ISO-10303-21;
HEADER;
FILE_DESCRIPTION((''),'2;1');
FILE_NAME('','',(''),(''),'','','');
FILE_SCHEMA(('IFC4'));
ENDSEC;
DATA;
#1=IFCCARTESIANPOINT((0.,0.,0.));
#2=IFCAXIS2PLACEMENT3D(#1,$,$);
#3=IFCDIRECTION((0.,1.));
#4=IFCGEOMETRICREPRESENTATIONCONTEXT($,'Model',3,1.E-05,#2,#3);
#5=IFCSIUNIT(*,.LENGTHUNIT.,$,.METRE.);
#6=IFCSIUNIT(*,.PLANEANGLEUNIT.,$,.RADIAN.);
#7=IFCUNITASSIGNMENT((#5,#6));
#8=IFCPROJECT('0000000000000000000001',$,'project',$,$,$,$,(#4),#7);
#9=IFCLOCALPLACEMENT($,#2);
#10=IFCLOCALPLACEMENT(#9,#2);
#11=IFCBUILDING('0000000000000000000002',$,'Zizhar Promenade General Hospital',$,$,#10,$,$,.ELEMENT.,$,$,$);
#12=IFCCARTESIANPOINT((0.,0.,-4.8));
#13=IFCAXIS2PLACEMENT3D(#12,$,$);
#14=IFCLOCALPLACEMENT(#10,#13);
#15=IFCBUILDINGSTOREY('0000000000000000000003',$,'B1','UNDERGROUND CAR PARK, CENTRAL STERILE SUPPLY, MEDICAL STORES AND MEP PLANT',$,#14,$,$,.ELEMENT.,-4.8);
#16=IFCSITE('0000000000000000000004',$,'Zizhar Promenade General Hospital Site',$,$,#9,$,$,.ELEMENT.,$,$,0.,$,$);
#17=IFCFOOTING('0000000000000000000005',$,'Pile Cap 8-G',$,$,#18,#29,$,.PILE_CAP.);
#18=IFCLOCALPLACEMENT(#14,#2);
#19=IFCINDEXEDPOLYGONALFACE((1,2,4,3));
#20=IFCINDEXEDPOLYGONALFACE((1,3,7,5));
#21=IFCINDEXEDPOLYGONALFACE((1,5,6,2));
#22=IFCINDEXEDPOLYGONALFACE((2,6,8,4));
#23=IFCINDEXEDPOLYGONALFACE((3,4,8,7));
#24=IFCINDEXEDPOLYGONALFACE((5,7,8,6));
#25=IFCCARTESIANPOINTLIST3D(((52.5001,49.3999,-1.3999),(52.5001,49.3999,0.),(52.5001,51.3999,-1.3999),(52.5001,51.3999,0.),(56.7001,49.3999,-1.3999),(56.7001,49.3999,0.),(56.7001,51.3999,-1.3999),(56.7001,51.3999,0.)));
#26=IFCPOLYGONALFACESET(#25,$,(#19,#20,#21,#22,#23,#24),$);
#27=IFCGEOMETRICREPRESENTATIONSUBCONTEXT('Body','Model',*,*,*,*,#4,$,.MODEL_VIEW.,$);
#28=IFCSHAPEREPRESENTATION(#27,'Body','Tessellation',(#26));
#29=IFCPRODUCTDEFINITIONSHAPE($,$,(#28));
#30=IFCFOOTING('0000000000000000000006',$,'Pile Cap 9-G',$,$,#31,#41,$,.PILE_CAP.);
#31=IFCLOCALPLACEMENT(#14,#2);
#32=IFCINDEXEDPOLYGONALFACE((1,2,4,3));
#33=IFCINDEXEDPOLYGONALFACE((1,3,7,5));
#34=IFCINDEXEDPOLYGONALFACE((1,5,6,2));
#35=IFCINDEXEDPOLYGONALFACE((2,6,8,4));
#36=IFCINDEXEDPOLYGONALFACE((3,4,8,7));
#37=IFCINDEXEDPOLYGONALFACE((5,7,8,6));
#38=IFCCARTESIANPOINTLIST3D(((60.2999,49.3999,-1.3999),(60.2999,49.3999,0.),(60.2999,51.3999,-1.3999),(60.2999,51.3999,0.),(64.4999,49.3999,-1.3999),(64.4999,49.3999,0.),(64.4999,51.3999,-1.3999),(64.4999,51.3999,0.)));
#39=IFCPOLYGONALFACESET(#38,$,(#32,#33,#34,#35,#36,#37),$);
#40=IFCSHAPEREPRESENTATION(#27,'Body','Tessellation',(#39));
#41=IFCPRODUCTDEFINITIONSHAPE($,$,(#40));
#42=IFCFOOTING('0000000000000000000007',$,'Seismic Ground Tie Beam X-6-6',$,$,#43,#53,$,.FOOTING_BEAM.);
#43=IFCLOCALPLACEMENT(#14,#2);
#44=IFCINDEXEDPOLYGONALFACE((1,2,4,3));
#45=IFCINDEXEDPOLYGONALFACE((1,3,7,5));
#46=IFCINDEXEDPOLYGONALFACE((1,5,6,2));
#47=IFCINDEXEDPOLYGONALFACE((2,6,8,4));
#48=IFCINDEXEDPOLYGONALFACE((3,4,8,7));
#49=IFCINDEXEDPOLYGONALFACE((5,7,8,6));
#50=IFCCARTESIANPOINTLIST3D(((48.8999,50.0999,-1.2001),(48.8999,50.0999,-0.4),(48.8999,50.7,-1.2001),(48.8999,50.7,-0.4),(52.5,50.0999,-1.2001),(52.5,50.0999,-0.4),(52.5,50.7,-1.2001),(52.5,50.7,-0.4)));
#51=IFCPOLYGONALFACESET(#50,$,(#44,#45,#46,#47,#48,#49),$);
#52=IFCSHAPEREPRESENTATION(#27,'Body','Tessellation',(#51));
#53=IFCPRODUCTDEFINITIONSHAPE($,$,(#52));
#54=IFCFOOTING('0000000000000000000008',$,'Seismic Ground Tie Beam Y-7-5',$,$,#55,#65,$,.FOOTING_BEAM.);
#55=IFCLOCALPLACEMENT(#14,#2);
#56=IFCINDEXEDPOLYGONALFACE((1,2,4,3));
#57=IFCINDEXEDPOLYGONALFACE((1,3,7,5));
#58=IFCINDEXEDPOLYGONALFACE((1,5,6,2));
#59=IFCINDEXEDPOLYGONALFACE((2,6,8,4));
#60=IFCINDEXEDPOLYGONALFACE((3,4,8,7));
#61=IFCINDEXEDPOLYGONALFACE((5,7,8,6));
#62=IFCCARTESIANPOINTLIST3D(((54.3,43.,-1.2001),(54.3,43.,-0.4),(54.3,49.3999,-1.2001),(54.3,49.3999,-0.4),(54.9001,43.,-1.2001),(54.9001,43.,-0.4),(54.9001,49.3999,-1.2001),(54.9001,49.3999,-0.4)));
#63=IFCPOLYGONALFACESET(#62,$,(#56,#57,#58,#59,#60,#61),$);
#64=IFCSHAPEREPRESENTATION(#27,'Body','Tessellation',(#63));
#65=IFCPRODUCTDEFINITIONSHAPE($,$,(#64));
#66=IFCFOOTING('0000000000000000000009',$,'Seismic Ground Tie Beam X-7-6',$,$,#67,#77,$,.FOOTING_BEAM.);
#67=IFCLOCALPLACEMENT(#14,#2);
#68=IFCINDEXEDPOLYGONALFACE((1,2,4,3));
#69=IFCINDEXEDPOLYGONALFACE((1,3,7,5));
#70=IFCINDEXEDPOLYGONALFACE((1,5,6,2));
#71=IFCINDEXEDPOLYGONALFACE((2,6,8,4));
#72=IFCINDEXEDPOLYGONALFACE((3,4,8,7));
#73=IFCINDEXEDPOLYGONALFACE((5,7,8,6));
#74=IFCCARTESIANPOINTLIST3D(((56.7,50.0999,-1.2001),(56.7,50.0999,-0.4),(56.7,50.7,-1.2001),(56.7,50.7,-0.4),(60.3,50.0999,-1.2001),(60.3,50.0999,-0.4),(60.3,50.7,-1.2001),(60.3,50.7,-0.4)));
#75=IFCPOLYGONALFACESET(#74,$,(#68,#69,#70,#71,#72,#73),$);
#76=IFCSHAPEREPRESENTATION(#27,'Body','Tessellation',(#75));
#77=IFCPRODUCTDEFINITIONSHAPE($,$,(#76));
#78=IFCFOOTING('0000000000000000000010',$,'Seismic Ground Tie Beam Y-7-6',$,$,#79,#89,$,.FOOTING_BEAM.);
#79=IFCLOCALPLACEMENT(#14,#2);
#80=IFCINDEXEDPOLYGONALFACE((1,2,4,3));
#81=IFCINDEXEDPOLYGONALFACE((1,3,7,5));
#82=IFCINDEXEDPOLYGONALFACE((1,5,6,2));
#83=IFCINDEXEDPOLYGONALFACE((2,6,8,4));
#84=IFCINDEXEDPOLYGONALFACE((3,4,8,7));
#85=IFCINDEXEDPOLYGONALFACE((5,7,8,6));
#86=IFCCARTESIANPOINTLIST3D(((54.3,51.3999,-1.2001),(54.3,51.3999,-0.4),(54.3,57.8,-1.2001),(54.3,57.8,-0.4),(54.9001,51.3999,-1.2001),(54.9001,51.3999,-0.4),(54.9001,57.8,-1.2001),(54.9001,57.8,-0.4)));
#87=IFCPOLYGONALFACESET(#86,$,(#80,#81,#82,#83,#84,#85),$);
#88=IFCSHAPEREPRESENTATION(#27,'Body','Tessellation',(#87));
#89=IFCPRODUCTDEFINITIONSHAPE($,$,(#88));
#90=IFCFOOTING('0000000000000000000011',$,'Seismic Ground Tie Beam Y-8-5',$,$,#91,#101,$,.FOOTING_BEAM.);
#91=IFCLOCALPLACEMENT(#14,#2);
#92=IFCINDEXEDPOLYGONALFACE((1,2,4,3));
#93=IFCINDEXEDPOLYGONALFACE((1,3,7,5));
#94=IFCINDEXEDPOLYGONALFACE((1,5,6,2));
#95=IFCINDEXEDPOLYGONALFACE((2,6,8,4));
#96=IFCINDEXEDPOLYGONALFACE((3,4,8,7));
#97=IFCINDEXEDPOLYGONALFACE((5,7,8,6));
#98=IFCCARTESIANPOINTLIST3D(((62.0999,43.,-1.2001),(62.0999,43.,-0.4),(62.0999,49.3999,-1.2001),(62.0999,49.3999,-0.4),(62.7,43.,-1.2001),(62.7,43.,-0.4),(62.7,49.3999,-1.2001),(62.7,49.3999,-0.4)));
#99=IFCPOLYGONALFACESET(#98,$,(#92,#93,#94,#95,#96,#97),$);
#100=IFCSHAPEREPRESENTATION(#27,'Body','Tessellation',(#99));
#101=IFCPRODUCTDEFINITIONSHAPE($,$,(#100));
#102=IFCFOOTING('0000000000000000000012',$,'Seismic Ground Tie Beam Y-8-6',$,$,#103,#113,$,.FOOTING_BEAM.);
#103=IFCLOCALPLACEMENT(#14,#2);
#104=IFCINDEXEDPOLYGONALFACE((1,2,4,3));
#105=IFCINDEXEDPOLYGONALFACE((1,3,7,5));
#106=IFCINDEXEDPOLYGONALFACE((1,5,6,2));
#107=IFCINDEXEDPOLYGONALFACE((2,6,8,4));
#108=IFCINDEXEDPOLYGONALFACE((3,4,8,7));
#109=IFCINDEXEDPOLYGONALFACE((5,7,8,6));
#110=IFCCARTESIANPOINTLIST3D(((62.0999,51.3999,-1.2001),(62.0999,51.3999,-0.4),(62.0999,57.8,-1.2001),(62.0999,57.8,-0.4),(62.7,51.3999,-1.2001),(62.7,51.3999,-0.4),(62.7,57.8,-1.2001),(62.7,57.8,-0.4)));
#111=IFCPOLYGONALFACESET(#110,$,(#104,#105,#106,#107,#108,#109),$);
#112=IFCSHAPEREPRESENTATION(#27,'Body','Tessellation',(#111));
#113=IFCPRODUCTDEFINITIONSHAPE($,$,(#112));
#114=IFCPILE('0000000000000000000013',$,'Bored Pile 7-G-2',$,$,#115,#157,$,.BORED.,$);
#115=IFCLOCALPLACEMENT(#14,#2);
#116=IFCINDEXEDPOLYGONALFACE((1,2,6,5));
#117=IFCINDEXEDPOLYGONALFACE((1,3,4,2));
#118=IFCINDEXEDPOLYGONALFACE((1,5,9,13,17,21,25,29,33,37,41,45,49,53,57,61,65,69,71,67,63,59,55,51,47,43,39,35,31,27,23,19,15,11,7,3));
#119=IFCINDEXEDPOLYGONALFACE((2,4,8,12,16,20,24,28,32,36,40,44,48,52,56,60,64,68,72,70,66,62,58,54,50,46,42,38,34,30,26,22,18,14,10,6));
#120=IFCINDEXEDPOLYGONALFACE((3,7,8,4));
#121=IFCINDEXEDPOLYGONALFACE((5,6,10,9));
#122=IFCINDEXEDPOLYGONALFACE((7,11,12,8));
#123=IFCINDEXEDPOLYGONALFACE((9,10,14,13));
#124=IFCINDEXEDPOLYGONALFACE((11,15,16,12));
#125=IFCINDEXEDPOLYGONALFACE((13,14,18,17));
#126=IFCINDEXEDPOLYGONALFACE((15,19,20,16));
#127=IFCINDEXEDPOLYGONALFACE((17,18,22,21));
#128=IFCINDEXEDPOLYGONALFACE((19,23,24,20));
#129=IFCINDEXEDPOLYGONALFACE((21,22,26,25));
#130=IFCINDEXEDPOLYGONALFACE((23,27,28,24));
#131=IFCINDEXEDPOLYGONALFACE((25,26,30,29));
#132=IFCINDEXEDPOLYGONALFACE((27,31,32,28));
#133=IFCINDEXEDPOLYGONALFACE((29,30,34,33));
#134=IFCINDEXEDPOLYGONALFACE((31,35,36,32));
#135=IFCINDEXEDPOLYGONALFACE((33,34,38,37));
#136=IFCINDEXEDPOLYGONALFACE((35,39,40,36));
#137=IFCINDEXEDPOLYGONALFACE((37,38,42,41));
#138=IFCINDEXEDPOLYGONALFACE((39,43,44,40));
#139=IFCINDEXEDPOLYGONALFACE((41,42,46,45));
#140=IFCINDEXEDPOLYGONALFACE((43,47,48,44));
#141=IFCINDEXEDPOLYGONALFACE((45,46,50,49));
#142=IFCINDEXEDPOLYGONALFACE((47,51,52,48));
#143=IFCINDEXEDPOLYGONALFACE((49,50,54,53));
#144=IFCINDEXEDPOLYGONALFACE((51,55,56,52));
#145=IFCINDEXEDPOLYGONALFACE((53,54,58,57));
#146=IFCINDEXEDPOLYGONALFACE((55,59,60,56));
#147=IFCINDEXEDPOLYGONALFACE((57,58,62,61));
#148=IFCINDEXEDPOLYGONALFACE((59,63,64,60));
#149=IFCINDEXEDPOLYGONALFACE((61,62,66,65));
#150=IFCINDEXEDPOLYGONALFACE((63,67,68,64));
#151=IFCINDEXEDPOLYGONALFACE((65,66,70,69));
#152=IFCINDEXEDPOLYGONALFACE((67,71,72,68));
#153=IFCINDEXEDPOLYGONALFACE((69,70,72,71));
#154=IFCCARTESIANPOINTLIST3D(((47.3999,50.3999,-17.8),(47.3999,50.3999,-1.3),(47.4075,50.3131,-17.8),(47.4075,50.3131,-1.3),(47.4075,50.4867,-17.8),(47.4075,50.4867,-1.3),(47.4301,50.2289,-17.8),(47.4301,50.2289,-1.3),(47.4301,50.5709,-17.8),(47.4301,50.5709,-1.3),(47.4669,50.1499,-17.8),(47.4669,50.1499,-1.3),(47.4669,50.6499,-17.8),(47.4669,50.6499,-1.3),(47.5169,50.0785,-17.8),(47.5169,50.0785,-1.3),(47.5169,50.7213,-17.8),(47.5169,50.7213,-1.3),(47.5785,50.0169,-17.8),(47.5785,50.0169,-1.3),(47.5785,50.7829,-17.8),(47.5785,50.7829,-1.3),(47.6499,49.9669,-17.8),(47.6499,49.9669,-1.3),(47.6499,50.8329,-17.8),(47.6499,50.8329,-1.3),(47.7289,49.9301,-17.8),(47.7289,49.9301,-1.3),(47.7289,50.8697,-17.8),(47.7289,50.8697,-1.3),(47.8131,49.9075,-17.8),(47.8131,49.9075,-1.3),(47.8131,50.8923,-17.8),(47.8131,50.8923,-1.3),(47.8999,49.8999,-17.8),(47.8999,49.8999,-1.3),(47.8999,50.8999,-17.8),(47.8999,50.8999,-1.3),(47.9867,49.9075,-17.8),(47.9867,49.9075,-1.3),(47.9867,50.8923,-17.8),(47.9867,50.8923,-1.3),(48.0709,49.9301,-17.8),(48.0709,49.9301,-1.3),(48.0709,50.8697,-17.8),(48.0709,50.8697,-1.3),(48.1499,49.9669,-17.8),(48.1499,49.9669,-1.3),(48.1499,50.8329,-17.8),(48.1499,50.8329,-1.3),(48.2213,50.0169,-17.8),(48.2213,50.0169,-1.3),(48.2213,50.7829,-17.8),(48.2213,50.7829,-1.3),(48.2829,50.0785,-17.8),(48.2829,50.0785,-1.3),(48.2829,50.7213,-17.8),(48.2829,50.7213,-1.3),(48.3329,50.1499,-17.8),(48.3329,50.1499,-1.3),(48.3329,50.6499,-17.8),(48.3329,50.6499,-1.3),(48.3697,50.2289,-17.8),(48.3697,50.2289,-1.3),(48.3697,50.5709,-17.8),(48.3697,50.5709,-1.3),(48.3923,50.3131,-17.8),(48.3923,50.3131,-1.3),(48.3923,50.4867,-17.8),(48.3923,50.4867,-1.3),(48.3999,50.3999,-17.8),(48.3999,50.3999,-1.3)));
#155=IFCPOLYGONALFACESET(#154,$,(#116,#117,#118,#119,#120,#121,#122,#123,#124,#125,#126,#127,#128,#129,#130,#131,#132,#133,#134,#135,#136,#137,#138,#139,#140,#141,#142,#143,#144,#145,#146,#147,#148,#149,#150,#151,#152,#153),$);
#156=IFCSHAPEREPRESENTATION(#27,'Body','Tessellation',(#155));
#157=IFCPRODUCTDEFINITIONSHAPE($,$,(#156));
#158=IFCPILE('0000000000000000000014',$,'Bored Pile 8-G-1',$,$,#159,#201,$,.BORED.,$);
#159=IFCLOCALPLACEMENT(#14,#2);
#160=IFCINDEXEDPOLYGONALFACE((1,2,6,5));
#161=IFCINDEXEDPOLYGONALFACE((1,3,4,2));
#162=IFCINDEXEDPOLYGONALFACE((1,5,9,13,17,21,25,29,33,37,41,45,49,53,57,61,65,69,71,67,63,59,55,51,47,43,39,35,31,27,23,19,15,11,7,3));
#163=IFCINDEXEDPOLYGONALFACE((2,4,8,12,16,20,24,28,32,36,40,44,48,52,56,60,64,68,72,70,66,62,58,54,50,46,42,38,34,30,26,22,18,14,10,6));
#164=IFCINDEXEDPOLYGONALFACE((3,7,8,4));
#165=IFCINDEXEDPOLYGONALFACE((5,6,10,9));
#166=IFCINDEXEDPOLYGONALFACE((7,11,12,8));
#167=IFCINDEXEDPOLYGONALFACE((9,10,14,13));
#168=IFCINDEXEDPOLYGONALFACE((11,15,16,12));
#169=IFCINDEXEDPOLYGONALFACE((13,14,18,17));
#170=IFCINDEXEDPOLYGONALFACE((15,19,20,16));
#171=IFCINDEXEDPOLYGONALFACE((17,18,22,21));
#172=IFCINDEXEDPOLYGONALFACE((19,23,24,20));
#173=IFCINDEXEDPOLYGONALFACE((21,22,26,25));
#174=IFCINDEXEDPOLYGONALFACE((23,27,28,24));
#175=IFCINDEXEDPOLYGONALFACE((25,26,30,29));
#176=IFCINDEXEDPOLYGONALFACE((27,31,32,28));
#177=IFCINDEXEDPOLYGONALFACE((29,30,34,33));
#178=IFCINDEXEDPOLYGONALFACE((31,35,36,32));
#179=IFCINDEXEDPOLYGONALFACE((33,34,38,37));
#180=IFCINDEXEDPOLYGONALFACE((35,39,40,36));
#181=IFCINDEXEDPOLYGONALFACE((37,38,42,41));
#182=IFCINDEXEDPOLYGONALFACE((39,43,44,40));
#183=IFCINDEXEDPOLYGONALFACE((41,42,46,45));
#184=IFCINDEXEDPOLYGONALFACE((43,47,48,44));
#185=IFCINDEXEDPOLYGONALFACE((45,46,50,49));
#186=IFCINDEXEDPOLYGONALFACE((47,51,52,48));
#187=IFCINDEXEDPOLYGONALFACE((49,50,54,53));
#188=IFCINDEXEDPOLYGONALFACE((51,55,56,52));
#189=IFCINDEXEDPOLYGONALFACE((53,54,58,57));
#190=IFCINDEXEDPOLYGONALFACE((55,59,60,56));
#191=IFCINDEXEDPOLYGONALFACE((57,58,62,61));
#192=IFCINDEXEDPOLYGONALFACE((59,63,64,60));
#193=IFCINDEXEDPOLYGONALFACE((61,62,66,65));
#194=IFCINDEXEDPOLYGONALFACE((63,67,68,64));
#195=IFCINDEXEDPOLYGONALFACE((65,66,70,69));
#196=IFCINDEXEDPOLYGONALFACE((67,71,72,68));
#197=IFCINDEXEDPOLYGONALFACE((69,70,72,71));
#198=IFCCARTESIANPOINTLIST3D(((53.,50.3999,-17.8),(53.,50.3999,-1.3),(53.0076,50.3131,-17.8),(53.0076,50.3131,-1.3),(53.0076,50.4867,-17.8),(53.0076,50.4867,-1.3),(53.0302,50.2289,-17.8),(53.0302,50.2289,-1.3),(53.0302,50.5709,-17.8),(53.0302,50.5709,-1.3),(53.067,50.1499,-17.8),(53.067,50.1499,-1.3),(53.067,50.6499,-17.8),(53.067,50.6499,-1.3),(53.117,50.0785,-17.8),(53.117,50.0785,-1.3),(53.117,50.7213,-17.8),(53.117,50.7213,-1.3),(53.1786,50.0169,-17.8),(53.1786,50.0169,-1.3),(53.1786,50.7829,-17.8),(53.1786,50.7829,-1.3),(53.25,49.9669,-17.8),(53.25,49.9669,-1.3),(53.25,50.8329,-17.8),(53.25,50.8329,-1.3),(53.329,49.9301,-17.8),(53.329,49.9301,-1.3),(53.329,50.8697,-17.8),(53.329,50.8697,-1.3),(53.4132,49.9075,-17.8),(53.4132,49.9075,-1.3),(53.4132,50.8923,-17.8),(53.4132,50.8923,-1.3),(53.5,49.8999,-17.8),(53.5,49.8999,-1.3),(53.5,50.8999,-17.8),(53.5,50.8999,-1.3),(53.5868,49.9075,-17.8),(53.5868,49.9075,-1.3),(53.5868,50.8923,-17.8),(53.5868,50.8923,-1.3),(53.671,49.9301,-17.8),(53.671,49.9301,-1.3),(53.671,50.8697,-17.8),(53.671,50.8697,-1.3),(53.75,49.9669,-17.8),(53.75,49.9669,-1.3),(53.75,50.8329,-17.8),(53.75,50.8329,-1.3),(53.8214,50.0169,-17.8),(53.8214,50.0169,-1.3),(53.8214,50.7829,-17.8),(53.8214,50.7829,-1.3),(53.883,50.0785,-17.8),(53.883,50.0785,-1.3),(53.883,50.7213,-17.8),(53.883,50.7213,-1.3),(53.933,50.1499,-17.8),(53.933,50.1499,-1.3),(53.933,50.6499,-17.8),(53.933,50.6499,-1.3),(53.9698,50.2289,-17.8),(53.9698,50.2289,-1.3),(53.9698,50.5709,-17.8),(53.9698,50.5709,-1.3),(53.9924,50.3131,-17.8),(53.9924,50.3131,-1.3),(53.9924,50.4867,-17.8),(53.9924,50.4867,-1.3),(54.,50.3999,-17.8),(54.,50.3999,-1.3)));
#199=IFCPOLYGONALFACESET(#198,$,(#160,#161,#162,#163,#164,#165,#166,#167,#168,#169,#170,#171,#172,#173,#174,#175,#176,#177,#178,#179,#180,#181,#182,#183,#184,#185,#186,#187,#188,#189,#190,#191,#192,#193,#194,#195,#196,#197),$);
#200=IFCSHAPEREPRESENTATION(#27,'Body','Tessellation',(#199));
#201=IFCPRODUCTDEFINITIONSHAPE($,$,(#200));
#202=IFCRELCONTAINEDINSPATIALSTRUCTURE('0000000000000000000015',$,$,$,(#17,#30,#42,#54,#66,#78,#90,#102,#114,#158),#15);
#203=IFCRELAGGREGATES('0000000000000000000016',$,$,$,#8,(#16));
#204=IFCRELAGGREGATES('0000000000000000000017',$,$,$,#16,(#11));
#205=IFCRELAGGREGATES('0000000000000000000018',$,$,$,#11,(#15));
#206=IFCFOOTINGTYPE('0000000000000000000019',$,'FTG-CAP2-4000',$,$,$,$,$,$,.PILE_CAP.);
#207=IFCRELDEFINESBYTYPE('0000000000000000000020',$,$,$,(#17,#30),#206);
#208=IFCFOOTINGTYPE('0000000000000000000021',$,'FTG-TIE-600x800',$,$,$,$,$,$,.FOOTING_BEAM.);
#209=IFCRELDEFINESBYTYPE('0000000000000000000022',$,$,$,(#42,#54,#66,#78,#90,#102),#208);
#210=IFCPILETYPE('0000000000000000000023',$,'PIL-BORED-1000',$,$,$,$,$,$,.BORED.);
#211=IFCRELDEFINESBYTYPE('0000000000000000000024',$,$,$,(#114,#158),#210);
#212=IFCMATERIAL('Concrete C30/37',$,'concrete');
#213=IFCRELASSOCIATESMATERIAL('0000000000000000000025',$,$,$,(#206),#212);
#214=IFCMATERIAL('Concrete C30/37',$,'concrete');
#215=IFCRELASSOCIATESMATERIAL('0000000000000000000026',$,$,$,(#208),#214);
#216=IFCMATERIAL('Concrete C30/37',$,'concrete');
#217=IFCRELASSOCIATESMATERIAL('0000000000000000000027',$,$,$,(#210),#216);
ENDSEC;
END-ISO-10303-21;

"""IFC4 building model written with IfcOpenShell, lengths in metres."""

from ifc_helpers import new_model, si_unit, direction, frame, origin, origin_2d, place, context, subcontext, project, spatial, rectangle, circle, extrude, material, material_profile, profile_set, type_object, element, save


model = new_model("IFC4")

# Units and contexts
model_context = context("Model", 3, precision=1e-05, world=origin(), true_north=direction((0.0, 1.0)))
body_context = subcontext(model_context, "Body", "Model", "MODEL_VIEW")
ifc_project = project(units=[si_unit("LENGTHUNIT", "METRE"), si_unit("PLANEANGLEUNIT", "RADIAN")], contexts=[model_context])

# Site, building, storey
site_placement = place(None, origin())
site = spatial("IfcSite", under=ifc_project, at=site_placement, Name="Zizhar Promenade General Hospital Site", CompositionType="ELEMENT", RefElevation=0.0)
building_placement = place(site_placement, origin())
building = spatial("IfcBuilding", under=site, at=building_placement, Name="Zizhar Promenade General Hospital", CompositionType="ELEMENT")
storey_placement = place(building_placement, frame((0.0, 0.0, -4.8)))
storey = spatial("IfcBuildingStorey", under=building, at=storey_placement, Name="B1", Description="UNDERGROUND CAR PARK, CENTRAL STERILE SUPPLY, MEDICAL STORES AND MEP PLANT", CompositionType="ELEMENT", Elevation=-4.8)

# Footings
ifc_material_1 = material(Name="Concrete C30/37", Category="concrete")
footing_type_1 = type_object("IfcFootingType", Name="FTG-CAP2-4000", PredefinedType="PILE_CAP", material=ifc_material_1)
for number, where, z_axis, x_axis, name in (
    (1, (54.6001, 50.3999, -1.3999), (0.0, 0.0, 1.0), (1.0, 0.0, 0.0), "Pile Cap 8-G"),
    (2, (62.3999, 50.3999, -1.3999), (0.0, 0.0, 1.0), (1.0, 0.0, 0.0), "Pile Cap 9-G"),
):
    element("IfcFooting", number, at=place(storey_placement, frame(where, z_axis=z_axis, x_axis=x_axis)), inside=storey, type_object=footing_type_1, Name=name, PredefinedType="PILE_CAP", context=body_context, shape_type="SweptSolid", body=[
        extrude(rectangle(XDim=4.2, YDim=2.0, at=origin_2d()), origin(), (0.0, 0.0, 1.0), 1.3999),
    ])
ifc_material_2 = material(Name="Concrete C30/37", Category="concrete")
ifc_material_profile_1 = material_profile(ifc_material_2, rectangle(XDim=0.6001, YDim=0.8, at=origin_2d()))
ifc_profile_set_1 = profile_set([ifc_material_profile_1], Name="Concrete C30/37")
footing_type_2 = type_object("IfcFootingType", Name="FTG-TIE-600x800", PredefinedType="FOOTING_BEAM", material=ifc_profile_set_1)
footing_1_placement = place(storey_placement, frame((48.8999, 50.3999, -0.8), z_axis=(1.0, 0.0, 0.0), x_axis=(0.0, 1.0, 0.0)))
element("IfcFooting", 3, at=footing_1_placement, inside=storey, type_object=footing_type_2, Name="Seismic Ground Tie Beam X-6-6", PredefinedType="FOOTING_BEAM", context=body_context, shape_type="SweptSolid", body=[
    extrude(rectangle(XDim=0.6001, YDim=0.8, at=origin_2d()), origin(), (0.0, 0.0, 1.0), 3.6001),
])
footing_2_placement = place(storey_placement, frame((54.6001, 43.0, -0.8), z_axis=(0.0, 1.0, 0.0), x_axis=(-1.0, 0.0, 0.0)))
element("IfcFooting", 4, at=footing_2_placement, inside=storey, type_object=footing_type_2, Name="Seismic Ground Tie Beam Y-7-5", PredefinedType="FOOTING_BEAM", context=body_context, shape_type="SweptSolid", body=[
    extrude(rectangle(XDim=0.6001, YDim=0.8, at=origin_2d()), origin(), (0.0, 0.0, 1.0), 6.3999),
])
footing_3_placement = place(storey_placement, frame((56.7, 50.3999, -0.8), z_axis=(1.0, 0.0, 0.0), x_axis=(0.0, 1.0, 0.0)))
element("IfcFooting", 5, at=footing_3_placement, inside=storey, type_object=footing_type_2, Name="Seismic Ground Tie Beam X-7-6", PredefinedType="FOOTING_BEAM", context=body_context, shape_type="SweptSolid", body=[
    extrude(rectangle(XDim=0.6001, YDim=0.8, at=origin_2d()), origin(), (0.0, 0.0, 1.0), 3.6001),
])
footing_4_placement = place(storey_placement, frame((54.6001, 51.3999, -0.8), z_axis=(0.0, 1.0, 0.0), x_axis=(-1.0, 0.0, 0.0)))
element("IfcFooting", 6, at=footing_4_placement, inside=storey, type_object=footing_type_2, Name="Seismic Ground Tie Beam Y-7-6", PredefinedType="FOOTING_BEAM", context=body_context, shape_type="SweptSolid", body=[
    extrude(rectangle(XDim=0.6001, YDim=0.8, at=origin_2d()), origin(), (0.0, 0.0, 1.0), 6.4001),
])
footing_5_placement = place(storey_placement, frame((62.3999, 43.0, -0.8), z_axis=(0.0, 1.0, 0.0), x_axis=(-1.0, 0.0, 0.0)))
element("IfcFooting", 7, at=footing_5_placement, inside=storey, type_object=footing_type_2, Name="Seismic Ground Tie Beam Y-8-5", PredefinedType="FOOTING_BEAM", context=body_context, shape_type="SweptSolid", body=[
    extrude(rectangle(XDim=0.6001, YDim=0.8, at=origin_2d()), origin(), (0.0, 0.0, 1.0), 6.3999),
])
footing_6_placement = place(storey_placement, frame((62.3999, 51.3999, -0.8), z_axis=(0.0, 1.0, 0.0), x_axis=(-1.0, 0.0, 0.0)))
element("IfcFooting", 8, at=footing_6_placement, inside=storey, type_object=footing_type_2, Name="Seismic Ground Tie Beam Y-8-6", PredefinedType="FOOTING_BEAM", context=body_context, shape_type="SweptSolid", body=[
    extrude(rectangle(XDim=0.6001, YDim=0.8, at=origin_2d()), origin(), (0.0, 0.0, 1.0), 6.4001),
])

# Piles
ifc_material_3 = material(Name="Concrete C30/37", Category="concrete")
ifc_material_profile_2 = material_profile(ifc_material_3, circle(Radius=0.5, at=origin_2d()))
ifc_profile_set_2 = profile_set([ifc_material_profile_2], Name="Concrete C30/37")
pile_type = type_object("IfcPileType", Name="PIL-BORED-1000", PredefinedType="BORED", material=ifc_profile_set_2)
for number, where, z_axis, x_axis, name in (
    (9, (47.8999, 50.3999, -1.3), (0.0, 0.0, -1.0), (1.0, 0.0, 0.0), "Bored Pile 7-G-2"),
    (10, (53.5, 50.3999, -1.3), (0.0, 0.0, -1.0), (1.0, 0.0, 0.0), "Bored Pile 8-G-1"),
):
    element("IfcPile", number, at=place(storey_placement, frame(where, z_axis=z_axis, x_axis=x_axis)), inside=storey, type_object=pile_type, Name=name, PredefinedType="BORED", context=body_context, shape_type="SweptSolid", body=[
        extrude(circle(Radius=0.5, at=origin_2d()), origin(), (0.0, 0.0, 1.0), 16.5),
    ])

save(model, "model.ifc")
